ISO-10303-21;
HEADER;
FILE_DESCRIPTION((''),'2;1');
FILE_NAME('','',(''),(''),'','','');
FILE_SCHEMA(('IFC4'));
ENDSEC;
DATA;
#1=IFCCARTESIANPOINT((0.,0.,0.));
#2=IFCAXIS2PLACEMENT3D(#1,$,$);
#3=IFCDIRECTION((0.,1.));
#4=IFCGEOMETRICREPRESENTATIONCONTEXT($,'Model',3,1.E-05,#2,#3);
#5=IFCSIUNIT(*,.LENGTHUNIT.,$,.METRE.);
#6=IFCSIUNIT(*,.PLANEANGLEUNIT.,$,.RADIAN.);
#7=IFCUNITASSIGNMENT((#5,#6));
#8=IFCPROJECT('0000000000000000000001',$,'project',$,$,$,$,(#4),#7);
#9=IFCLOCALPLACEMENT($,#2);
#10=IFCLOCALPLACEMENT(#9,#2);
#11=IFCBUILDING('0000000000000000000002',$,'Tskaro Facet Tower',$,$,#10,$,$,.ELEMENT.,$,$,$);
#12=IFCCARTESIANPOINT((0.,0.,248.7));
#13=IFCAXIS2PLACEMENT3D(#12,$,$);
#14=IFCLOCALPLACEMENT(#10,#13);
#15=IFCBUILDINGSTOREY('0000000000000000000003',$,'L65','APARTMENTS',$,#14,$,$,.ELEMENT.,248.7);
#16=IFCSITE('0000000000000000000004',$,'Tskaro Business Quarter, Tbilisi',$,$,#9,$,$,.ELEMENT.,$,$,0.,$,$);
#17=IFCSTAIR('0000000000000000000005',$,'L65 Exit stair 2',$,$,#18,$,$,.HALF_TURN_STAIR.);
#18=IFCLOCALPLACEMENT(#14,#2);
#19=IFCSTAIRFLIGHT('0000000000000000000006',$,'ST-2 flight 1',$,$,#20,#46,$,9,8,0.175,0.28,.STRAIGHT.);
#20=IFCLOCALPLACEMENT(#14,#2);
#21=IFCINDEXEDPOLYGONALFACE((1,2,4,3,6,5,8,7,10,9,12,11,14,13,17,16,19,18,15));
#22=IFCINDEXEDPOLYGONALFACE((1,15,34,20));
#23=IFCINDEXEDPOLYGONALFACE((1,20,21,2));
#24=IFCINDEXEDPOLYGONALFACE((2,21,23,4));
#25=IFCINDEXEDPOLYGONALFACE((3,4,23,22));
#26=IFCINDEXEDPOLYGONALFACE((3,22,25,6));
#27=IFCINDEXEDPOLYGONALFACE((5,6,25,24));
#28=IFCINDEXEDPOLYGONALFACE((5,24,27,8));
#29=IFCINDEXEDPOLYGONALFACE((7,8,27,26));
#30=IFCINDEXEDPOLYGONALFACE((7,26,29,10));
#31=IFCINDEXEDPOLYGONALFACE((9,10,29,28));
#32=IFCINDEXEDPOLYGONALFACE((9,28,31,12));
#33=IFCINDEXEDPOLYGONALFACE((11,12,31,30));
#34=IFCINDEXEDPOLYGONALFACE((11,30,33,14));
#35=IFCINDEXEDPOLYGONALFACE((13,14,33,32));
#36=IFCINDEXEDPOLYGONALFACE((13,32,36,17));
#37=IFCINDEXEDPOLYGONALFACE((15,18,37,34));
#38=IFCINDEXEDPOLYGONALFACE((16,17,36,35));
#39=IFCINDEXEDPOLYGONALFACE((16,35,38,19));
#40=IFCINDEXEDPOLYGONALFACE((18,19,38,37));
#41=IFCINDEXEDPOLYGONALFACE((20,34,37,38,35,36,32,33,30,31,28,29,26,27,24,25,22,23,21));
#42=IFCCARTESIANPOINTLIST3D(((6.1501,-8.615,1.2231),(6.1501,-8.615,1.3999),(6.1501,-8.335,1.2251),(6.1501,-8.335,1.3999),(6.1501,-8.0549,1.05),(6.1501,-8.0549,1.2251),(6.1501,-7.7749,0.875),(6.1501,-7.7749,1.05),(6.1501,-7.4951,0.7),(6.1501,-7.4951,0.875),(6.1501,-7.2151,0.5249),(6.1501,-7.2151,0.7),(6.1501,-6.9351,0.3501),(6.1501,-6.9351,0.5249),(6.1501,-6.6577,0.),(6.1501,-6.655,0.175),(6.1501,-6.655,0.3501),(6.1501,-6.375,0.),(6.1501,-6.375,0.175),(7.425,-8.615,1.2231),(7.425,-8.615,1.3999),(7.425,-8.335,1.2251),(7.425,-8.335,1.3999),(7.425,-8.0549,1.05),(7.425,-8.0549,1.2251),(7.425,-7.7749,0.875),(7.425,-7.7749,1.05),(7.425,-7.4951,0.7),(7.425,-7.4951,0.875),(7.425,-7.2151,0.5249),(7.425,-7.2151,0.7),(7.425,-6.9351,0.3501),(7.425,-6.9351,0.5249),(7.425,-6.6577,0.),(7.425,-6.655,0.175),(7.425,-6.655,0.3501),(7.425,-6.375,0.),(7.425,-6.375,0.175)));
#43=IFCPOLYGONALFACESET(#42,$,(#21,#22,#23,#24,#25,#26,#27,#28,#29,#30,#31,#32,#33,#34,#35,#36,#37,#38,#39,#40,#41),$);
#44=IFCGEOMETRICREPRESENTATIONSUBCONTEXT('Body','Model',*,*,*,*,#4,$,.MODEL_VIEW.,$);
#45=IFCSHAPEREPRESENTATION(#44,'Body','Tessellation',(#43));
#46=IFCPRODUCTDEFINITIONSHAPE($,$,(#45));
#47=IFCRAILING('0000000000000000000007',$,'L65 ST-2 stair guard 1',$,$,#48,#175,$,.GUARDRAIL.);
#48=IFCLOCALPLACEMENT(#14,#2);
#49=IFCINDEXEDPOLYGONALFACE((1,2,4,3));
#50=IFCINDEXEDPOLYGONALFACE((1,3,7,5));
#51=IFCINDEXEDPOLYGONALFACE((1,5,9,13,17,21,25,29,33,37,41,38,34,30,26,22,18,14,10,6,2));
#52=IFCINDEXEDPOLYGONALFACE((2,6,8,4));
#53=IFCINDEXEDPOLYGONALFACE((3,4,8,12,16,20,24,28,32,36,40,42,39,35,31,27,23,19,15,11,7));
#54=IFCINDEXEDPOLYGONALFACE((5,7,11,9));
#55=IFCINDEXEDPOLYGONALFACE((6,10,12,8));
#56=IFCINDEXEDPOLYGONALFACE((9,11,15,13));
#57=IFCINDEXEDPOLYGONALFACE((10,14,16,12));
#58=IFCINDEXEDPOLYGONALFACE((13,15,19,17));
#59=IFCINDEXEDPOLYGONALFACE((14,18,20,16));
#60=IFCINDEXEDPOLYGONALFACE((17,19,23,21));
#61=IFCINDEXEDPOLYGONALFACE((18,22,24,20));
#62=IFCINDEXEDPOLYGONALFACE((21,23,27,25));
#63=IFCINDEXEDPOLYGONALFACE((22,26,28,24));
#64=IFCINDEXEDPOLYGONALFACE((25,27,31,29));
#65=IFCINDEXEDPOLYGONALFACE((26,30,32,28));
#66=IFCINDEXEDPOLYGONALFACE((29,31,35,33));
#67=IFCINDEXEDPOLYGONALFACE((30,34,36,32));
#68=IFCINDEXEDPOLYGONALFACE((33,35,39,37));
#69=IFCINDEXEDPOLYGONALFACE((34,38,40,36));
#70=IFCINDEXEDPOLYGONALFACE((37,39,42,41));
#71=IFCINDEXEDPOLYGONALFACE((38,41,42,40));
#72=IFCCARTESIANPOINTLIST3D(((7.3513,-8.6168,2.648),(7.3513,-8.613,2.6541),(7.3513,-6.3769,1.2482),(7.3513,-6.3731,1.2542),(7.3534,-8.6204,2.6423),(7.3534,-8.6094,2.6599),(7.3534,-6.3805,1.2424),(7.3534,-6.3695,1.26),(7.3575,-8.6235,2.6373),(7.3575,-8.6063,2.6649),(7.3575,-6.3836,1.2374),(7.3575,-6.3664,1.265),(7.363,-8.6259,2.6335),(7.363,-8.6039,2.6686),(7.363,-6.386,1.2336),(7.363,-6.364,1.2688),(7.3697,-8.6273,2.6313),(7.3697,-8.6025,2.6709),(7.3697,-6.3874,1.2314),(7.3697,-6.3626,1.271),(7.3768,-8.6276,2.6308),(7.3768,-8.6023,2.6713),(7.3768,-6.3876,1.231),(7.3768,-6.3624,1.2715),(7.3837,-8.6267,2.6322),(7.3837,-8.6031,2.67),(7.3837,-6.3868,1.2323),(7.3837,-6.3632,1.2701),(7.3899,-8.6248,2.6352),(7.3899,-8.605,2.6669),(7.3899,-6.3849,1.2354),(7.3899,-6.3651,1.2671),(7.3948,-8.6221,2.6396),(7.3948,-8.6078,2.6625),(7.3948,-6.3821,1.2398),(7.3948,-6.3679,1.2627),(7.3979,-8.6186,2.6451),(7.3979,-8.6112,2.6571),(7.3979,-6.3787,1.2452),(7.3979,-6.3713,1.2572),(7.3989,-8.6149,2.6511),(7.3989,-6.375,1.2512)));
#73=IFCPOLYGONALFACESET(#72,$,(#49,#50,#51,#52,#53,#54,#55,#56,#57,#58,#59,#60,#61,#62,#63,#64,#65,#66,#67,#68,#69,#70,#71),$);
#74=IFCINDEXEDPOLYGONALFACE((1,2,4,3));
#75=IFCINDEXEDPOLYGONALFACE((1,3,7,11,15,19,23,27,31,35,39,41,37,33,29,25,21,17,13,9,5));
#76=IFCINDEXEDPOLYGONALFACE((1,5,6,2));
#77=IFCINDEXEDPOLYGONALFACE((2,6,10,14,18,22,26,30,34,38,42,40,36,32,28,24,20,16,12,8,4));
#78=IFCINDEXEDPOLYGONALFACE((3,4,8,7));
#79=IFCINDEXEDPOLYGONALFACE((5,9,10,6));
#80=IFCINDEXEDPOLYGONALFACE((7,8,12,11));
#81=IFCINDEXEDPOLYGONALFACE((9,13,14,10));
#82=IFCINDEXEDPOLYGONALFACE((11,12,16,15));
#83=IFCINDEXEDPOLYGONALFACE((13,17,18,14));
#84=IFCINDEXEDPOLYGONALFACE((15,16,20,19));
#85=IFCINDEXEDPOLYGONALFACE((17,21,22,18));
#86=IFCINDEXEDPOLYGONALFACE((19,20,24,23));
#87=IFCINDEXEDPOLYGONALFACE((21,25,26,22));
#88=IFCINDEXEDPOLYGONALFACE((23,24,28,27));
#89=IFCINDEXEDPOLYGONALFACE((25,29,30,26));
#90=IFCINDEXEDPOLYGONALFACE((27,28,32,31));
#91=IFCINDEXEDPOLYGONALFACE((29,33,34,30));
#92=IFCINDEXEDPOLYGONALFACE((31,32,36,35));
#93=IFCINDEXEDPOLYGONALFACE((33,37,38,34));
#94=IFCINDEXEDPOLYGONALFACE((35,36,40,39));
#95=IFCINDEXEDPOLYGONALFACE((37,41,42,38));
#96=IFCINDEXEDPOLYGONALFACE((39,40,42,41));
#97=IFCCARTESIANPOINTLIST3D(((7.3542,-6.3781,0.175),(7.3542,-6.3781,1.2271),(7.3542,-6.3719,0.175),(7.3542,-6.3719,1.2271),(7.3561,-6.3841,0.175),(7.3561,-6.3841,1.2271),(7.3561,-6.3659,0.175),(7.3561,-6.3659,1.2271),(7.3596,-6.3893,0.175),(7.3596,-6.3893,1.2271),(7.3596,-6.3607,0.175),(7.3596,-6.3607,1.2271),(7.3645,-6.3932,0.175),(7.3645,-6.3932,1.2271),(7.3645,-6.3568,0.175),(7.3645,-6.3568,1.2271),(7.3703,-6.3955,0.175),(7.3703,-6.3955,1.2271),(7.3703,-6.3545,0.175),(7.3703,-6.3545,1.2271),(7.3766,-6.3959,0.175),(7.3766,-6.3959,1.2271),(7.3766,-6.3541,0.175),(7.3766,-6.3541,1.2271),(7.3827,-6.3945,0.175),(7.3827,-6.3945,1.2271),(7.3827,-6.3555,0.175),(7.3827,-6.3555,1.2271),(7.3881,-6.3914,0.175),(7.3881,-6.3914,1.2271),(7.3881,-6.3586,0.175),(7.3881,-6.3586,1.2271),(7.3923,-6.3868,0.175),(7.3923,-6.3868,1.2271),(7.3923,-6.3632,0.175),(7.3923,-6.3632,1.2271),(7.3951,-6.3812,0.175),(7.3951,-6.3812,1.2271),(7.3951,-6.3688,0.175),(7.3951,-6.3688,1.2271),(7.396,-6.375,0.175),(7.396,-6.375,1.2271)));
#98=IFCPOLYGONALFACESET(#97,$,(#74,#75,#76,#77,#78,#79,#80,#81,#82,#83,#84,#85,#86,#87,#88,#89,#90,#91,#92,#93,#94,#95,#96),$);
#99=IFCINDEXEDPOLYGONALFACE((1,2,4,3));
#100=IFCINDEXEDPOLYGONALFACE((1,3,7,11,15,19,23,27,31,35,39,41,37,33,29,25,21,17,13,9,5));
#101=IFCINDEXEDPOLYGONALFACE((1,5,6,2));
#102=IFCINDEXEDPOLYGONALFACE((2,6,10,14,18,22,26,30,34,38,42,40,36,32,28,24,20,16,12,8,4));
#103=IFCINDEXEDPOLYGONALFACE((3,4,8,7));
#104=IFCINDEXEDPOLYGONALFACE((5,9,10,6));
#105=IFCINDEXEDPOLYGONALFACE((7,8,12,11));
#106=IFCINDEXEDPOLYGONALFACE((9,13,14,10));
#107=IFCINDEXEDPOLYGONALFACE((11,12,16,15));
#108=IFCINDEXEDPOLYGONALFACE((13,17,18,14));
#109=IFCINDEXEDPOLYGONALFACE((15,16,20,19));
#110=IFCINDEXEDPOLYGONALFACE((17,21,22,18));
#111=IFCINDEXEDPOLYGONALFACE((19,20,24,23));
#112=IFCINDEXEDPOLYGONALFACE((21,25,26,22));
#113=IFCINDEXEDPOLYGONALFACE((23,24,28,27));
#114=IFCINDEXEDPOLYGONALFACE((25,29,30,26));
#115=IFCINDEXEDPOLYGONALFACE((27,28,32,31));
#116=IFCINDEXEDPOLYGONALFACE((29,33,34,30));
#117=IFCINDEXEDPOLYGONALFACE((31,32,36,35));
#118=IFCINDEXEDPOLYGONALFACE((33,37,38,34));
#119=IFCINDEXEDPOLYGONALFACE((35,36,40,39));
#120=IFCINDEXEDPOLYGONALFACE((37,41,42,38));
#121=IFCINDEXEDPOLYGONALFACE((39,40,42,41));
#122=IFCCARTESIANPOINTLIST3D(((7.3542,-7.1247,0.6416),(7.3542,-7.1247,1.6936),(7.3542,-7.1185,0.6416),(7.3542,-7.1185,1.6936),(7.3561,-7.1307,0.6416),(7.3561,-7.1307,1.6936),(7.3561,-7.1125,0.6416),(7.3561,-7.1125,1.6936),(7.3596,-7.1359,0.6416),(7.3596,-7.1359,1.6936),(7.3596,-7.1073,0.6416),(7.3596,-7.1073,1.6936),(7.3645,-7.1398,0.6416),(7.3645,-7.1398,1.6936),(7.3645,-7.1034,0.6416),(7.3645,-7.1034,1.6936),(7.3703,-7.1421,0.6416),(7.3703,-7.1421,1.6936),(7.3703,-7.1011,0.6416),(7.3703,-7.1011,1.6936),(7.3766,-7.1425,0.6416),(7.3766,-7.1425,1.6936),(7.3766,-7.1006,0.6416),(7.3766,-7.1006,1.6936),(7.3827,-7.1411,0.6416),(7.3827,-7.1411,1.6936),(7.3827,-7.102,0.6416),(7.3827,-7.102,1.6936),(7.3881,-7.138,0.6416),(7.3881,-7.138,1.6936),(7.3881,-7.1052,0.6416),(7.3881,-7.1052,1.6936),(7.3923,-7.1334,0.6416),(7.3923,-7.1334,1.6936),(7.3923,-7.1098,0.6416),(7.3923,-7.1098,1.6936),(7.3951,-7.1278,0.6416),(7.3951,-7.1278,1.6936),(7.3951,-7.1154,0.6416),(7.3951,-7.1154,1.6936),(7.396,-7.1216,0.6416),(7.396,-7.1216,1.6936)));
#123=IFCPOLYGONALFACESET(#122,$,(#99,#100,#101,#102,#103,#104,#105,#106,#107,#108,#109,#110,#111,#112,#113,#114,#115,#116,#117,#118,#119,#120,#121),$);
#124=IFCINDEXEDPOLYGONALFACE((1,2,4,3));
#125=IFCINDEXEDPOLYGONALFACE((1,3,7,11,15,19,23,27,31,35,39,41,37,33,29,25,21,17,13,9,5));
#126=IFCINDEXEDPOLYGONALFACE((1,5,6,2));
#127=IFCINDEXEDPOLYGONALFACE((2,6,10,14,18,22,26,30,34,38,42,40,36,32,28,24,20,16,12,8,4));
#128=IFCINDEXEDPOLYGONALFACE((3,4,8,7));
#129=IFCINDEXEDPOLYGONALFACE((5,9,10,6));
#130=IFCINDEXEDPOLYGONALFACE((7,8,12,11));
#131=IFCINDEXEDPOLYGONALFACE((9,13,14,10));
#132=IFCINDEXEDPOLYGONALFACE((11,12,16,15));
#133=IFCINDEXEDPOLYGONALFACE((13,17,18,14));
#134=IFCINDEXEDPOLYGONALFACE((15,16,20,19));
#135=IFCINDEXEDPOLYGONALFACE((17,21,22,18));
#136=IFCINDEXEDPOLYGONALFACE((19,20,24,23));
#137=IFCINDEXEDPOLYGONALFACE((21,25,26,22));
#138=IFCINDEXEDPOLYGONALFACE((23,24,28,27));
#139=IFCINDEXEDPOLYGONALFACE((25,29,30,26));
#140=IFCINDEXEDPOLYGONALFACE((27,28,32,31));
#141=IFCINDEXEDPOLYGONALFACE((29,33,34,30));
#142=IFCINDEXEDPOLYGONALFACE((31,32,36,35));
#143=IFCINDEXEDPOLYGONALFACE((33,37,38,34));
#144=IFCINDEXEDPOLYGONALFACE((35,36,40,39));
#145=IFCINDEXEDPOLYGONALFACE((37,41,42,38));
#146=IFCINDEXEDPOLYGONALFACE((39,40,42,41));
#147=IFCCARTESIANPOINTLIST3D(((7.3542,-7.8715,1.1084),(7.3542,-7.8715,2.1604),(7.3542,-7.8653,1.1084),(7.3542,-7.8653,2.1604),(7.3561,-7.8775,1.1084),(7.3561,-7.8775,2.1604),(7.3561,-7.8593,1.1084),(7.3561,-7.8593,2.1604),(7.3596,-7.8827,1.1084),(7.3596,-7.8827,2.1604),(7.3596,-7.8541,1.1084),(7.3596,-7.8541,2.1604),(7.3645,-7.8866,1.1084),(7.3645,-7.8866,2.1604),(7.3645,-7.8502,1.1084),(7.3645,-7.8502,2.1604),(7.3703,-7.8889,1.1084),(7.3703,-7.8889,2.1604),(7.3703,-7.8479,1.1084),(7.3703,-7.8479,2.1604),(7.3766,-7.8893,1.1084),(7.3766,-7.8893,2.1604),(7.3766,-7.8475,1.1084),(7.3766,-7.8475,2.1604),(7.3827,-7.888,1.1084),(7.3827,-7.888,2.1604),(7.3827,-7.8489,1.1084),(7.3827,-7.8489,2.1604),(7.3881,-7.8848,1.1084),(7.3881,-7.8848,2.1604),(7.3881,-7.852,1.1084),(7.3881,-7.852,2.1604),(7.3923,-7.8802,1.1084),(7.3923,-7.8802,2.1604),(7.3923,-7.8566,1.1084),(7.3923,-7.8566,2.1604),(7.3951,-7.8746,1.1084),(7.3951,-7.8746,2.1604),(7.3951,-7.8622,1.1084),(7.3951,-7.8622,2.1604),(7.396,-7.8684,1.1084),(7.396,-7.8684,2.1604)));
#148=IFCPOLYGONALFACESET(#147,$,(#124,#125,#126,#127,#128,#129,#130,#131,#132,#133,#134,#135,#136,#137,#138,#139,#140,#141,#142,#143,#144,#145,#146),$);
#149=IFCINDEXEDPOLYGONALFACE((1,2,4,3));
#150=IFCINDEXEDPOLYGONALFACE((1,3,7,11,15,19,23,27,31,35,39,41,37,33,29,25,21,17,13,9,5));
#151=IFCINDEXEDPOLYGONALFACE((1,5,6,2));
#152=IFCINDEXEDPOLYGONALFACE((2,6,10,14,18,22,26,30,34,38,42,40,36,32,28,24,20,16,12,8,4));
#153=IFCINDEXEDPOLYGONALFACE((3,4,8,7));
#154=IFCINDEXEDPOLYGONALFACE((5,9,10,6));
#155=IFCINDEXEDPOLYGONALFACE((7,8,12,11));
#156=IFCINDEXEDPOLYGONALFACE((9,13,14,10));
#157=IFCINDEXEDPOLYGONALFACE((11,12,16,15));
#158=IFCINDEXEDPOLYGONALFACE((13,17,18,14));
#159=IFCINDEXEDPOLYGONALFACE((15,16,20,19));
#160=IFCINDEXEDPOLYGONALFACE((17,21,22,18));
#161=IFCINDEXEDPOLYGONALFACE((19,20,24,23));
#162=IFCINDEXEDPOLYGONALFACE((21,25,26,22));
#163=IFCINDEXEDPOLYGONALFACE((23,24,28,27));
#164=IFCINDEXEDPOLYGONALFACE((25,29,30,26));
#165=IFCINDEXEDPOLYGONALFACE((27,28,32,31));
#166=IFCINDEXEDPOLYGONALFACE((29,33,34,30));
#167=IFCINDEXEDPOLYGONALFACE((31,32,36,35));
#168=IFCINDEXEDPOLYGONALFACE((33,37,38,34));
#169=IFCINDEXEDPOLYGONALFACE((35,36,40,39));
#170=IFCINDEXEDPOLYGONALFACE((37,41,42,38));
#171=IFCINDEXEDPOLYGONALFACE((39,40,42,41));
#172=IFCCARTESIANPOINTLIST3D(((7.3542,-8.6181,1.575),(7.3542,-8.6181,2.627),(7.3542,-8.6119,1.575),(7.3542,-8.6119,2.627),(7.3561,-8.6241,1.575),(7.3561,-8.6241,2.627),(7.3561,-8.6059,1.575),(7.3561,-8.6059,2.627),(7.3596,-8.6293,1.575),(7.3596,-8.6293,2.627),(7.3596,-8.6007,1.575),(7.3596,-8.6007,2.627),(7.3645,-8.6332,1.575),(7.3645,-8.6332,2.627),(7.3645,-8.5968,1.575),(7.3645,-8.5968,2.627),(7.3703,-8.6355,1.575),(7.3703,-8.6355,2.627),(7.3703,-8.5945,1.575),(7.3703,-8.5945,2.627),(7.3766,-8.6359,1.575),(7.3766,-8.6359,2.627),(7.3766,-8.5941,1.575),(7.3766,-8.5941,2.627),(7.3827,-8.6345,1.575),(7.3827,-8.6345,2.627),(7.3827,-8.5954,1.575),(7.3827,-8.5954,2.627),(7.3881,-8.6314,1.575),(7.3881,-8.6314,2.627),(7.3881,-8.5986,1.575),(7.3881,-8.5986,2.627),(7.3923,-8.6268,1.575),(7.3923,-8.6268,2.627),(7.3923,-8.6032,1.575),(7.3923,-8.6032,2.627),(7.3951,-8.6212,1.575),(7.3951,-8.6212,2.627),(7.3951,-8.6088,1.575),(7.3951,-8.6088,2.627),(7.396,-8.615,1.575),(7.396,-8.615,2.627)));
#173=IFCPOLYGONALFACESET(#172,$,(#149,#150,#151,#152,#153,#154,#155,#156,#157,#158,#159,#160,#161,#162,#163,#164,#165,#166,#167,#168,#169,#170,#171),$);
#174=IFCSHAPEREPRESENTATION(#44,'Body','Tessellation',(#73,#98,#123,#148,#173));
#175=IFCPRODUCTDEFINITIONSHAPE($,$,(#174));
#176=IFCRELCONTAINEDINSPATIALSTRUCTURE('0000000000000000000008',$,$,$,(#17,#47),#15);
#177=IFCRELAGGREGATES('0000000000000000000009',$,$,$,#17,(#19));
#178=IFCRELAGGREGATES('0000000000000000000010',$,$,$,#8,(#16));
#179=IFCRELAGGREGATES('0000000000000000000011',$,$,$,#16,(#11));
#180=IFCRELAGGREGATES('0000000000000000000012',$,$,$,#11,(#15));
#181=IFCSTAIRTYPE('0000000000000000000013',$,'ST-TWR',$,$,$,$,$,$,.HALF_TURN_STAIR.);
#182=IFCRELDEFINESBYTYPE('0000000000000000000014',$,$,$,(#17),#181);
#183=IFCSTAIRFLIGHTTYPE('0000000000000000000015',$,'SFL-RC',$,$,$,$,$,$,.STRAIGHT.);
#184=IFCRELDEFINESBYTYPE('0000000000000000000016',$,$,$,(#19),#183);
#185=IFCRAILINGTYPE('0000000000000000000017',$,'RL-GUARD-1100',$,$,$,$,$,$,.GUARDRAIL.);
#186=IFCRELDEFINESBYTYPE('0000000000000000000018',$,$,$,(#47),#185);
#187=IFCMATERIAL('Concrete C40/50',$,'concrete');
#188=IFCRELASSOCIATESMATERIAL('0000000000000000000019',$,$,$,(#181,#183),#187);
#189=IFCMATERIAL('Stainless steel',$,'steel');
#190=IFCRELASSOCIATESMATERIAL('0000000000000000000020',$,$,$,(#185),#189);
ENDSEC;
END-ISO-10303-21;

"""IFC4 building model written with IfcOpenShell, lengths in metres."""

from ifc_helpers import new_model, si_unit, direction, frame, origin, origin_2d, place, context, subcontext, project, spatial, polyline, circle, outline, extrude, material, type_object, element, aggregate, save


model = new_model("IFC4")

# Units and contexts
model_context = context("Model", 3, precision=1e-05, world=origin(), true_north=direction((0.0, 1.0)))
body_context = subcontext(model_context, "Body", "Model", "MODEL_VIEW")
ifc_project = project(units=[si_unit("LENGTHUNIT", "METRE"), si_unit("PLANEANGLEUNIT", "RADIAN")], contexts=[model_context])

# Site, building, storey
site_placement = place(None, origin())
site = spatial("IfcSite", under=ifc_project, at=site_placement, Name="Tskaro Business Quarter, Tbilisi", CompositionType="ELEMENT", RefElevation=0.0)
building_placement = place(site_placement, origin())
building = spatial("IfcBuilding", under=site, at=building_placement, Name="Tskaro Facet Tower", CompositionType="ELEMENT")
storey_placement = place(building_placement, frame((0.0, 0.0, 248.7)))
storey = spatial("IfcBuildingStorey", under=building, at=storey_placement, Name="L65", Description="APARTMENTS", CompositionType="ELEMENT", Elevation=248.7)

# Shared definitions
ifc_material_1 = material(Name="Stainless steel", Category="steel")

# Stair, stair flight
ifc_material_2 = material(Name="Concrete C40/50", Category="concrete")
stair_type = type_object("IfcStairType", Name="ST-TWR", PredefinedType="HALF_TURN_STAIR", material=ifc_material_2)
stair_placement = place(storey_placement, origin())
stair = element("IfcStair", 1, at=stair_placement, inside=storey, type_object=stair_type, Name="L65 Exit stair 2", PredefinedType="HALF_TURN_STAIR")
stair_flight_type = type_object("IfcStairFlightType", Name="SFL-RC", PredefinedType="STRAIGHT", material=ifc_material_2)
stair_flight_placement = place(storey_placement, frame((6.7876, -6.375, 0.0), z_axis=(0.0, 0.0, 1.0), x_axis=(0.0, -1.0, 0.0)))
stair_flight = element("IfcStairFlight", 2, at=stair_flight_placement, type_object=stair_flight_type, Name="ST-2 flight 1", NumberOfRisers=9, NumberOfTreads=8, PredefinedType="STRAIGHT", RiserHeight=0.175, TreadLength=0.28, context=body_context, shape_type="SweptSolid", body=[
    extrude(outline(polyline([(0.0, 0.0), (0.0, 0.175), (0.28, 0.175), (0.28, 0.3501), (0.5601, 0.3501), (0.5601, 0.5249), (0.8401, 0.5249), (0.8401, 0.7), (1.1201, 0.7), (1.1201, 0.875), (1.3999, 0.875), (1.3999, 1.05), (1.6799, 1.05), (1.6799, 1.2251), (1.96, 1.2251), (1.96, 1.3999), (2.24, 1.3999), (2.24, 1.575), (2.24, 1.2231), (0.2827, 0.0), (0.0, 0.0)])), frame((0.0, 0.6375, 0.0), z_axis=(0.0, -1.0, 0.0), x_axis=(1.0, 0.0, 0.0)), (0.0, 0.0, 1.0), 1.2749),
])
aggregate(stair, [stair_flight])

# Railing
railing_type = type_object("IfcRailingType", Name="RL-GUARD-1100", PredefinedType="GUARDRAIL", material=ifc_material_1)
railing_placement = place(storey_placement, frame((7.375, -6.375, 0.175)))
element("IfcRailing", 3, at=railing_placement, inside=storey, type_object=railing_type, Name="L65 ST-2 stair guard 1", PredefinedType="GUARDRAIL", context=body_context, shape_type="SweptSolid", body=[
    extrude(circle(Radius=0.0239, at=origin_2d()), frame((0.0, 0.0, 1.0762), z_axis=(0.0, -0.848014, 0.529974), x_axis=(1.0, 0.0, 0.0)), (0.0, 0.0, 1.0), 2.6414),
    extrude(circle(Radius=0.021, at=origin_2d()), origin(), (0.0, 0.0, 1.0), 1.052),
    extrude(circle(Radius=0.021, at=origin_2d()), frame((0.0, -0.7466, 0.4666)), (0.0, 0.0, 1.0), 1.052),
    extrude(circle(Radius=0.021, at=origin_2d()), frame((0.0, -1.4934, 0.9333)), (0.0, 0.0, 1.0), 1.052),
    extrude(circle(Radius=0.021, at=origin_2d()), frame((0.0, -2.24, 1.3999)), (0.0, 0.0, 1.0), 1.052),
])

save(model, "model.ifc")
